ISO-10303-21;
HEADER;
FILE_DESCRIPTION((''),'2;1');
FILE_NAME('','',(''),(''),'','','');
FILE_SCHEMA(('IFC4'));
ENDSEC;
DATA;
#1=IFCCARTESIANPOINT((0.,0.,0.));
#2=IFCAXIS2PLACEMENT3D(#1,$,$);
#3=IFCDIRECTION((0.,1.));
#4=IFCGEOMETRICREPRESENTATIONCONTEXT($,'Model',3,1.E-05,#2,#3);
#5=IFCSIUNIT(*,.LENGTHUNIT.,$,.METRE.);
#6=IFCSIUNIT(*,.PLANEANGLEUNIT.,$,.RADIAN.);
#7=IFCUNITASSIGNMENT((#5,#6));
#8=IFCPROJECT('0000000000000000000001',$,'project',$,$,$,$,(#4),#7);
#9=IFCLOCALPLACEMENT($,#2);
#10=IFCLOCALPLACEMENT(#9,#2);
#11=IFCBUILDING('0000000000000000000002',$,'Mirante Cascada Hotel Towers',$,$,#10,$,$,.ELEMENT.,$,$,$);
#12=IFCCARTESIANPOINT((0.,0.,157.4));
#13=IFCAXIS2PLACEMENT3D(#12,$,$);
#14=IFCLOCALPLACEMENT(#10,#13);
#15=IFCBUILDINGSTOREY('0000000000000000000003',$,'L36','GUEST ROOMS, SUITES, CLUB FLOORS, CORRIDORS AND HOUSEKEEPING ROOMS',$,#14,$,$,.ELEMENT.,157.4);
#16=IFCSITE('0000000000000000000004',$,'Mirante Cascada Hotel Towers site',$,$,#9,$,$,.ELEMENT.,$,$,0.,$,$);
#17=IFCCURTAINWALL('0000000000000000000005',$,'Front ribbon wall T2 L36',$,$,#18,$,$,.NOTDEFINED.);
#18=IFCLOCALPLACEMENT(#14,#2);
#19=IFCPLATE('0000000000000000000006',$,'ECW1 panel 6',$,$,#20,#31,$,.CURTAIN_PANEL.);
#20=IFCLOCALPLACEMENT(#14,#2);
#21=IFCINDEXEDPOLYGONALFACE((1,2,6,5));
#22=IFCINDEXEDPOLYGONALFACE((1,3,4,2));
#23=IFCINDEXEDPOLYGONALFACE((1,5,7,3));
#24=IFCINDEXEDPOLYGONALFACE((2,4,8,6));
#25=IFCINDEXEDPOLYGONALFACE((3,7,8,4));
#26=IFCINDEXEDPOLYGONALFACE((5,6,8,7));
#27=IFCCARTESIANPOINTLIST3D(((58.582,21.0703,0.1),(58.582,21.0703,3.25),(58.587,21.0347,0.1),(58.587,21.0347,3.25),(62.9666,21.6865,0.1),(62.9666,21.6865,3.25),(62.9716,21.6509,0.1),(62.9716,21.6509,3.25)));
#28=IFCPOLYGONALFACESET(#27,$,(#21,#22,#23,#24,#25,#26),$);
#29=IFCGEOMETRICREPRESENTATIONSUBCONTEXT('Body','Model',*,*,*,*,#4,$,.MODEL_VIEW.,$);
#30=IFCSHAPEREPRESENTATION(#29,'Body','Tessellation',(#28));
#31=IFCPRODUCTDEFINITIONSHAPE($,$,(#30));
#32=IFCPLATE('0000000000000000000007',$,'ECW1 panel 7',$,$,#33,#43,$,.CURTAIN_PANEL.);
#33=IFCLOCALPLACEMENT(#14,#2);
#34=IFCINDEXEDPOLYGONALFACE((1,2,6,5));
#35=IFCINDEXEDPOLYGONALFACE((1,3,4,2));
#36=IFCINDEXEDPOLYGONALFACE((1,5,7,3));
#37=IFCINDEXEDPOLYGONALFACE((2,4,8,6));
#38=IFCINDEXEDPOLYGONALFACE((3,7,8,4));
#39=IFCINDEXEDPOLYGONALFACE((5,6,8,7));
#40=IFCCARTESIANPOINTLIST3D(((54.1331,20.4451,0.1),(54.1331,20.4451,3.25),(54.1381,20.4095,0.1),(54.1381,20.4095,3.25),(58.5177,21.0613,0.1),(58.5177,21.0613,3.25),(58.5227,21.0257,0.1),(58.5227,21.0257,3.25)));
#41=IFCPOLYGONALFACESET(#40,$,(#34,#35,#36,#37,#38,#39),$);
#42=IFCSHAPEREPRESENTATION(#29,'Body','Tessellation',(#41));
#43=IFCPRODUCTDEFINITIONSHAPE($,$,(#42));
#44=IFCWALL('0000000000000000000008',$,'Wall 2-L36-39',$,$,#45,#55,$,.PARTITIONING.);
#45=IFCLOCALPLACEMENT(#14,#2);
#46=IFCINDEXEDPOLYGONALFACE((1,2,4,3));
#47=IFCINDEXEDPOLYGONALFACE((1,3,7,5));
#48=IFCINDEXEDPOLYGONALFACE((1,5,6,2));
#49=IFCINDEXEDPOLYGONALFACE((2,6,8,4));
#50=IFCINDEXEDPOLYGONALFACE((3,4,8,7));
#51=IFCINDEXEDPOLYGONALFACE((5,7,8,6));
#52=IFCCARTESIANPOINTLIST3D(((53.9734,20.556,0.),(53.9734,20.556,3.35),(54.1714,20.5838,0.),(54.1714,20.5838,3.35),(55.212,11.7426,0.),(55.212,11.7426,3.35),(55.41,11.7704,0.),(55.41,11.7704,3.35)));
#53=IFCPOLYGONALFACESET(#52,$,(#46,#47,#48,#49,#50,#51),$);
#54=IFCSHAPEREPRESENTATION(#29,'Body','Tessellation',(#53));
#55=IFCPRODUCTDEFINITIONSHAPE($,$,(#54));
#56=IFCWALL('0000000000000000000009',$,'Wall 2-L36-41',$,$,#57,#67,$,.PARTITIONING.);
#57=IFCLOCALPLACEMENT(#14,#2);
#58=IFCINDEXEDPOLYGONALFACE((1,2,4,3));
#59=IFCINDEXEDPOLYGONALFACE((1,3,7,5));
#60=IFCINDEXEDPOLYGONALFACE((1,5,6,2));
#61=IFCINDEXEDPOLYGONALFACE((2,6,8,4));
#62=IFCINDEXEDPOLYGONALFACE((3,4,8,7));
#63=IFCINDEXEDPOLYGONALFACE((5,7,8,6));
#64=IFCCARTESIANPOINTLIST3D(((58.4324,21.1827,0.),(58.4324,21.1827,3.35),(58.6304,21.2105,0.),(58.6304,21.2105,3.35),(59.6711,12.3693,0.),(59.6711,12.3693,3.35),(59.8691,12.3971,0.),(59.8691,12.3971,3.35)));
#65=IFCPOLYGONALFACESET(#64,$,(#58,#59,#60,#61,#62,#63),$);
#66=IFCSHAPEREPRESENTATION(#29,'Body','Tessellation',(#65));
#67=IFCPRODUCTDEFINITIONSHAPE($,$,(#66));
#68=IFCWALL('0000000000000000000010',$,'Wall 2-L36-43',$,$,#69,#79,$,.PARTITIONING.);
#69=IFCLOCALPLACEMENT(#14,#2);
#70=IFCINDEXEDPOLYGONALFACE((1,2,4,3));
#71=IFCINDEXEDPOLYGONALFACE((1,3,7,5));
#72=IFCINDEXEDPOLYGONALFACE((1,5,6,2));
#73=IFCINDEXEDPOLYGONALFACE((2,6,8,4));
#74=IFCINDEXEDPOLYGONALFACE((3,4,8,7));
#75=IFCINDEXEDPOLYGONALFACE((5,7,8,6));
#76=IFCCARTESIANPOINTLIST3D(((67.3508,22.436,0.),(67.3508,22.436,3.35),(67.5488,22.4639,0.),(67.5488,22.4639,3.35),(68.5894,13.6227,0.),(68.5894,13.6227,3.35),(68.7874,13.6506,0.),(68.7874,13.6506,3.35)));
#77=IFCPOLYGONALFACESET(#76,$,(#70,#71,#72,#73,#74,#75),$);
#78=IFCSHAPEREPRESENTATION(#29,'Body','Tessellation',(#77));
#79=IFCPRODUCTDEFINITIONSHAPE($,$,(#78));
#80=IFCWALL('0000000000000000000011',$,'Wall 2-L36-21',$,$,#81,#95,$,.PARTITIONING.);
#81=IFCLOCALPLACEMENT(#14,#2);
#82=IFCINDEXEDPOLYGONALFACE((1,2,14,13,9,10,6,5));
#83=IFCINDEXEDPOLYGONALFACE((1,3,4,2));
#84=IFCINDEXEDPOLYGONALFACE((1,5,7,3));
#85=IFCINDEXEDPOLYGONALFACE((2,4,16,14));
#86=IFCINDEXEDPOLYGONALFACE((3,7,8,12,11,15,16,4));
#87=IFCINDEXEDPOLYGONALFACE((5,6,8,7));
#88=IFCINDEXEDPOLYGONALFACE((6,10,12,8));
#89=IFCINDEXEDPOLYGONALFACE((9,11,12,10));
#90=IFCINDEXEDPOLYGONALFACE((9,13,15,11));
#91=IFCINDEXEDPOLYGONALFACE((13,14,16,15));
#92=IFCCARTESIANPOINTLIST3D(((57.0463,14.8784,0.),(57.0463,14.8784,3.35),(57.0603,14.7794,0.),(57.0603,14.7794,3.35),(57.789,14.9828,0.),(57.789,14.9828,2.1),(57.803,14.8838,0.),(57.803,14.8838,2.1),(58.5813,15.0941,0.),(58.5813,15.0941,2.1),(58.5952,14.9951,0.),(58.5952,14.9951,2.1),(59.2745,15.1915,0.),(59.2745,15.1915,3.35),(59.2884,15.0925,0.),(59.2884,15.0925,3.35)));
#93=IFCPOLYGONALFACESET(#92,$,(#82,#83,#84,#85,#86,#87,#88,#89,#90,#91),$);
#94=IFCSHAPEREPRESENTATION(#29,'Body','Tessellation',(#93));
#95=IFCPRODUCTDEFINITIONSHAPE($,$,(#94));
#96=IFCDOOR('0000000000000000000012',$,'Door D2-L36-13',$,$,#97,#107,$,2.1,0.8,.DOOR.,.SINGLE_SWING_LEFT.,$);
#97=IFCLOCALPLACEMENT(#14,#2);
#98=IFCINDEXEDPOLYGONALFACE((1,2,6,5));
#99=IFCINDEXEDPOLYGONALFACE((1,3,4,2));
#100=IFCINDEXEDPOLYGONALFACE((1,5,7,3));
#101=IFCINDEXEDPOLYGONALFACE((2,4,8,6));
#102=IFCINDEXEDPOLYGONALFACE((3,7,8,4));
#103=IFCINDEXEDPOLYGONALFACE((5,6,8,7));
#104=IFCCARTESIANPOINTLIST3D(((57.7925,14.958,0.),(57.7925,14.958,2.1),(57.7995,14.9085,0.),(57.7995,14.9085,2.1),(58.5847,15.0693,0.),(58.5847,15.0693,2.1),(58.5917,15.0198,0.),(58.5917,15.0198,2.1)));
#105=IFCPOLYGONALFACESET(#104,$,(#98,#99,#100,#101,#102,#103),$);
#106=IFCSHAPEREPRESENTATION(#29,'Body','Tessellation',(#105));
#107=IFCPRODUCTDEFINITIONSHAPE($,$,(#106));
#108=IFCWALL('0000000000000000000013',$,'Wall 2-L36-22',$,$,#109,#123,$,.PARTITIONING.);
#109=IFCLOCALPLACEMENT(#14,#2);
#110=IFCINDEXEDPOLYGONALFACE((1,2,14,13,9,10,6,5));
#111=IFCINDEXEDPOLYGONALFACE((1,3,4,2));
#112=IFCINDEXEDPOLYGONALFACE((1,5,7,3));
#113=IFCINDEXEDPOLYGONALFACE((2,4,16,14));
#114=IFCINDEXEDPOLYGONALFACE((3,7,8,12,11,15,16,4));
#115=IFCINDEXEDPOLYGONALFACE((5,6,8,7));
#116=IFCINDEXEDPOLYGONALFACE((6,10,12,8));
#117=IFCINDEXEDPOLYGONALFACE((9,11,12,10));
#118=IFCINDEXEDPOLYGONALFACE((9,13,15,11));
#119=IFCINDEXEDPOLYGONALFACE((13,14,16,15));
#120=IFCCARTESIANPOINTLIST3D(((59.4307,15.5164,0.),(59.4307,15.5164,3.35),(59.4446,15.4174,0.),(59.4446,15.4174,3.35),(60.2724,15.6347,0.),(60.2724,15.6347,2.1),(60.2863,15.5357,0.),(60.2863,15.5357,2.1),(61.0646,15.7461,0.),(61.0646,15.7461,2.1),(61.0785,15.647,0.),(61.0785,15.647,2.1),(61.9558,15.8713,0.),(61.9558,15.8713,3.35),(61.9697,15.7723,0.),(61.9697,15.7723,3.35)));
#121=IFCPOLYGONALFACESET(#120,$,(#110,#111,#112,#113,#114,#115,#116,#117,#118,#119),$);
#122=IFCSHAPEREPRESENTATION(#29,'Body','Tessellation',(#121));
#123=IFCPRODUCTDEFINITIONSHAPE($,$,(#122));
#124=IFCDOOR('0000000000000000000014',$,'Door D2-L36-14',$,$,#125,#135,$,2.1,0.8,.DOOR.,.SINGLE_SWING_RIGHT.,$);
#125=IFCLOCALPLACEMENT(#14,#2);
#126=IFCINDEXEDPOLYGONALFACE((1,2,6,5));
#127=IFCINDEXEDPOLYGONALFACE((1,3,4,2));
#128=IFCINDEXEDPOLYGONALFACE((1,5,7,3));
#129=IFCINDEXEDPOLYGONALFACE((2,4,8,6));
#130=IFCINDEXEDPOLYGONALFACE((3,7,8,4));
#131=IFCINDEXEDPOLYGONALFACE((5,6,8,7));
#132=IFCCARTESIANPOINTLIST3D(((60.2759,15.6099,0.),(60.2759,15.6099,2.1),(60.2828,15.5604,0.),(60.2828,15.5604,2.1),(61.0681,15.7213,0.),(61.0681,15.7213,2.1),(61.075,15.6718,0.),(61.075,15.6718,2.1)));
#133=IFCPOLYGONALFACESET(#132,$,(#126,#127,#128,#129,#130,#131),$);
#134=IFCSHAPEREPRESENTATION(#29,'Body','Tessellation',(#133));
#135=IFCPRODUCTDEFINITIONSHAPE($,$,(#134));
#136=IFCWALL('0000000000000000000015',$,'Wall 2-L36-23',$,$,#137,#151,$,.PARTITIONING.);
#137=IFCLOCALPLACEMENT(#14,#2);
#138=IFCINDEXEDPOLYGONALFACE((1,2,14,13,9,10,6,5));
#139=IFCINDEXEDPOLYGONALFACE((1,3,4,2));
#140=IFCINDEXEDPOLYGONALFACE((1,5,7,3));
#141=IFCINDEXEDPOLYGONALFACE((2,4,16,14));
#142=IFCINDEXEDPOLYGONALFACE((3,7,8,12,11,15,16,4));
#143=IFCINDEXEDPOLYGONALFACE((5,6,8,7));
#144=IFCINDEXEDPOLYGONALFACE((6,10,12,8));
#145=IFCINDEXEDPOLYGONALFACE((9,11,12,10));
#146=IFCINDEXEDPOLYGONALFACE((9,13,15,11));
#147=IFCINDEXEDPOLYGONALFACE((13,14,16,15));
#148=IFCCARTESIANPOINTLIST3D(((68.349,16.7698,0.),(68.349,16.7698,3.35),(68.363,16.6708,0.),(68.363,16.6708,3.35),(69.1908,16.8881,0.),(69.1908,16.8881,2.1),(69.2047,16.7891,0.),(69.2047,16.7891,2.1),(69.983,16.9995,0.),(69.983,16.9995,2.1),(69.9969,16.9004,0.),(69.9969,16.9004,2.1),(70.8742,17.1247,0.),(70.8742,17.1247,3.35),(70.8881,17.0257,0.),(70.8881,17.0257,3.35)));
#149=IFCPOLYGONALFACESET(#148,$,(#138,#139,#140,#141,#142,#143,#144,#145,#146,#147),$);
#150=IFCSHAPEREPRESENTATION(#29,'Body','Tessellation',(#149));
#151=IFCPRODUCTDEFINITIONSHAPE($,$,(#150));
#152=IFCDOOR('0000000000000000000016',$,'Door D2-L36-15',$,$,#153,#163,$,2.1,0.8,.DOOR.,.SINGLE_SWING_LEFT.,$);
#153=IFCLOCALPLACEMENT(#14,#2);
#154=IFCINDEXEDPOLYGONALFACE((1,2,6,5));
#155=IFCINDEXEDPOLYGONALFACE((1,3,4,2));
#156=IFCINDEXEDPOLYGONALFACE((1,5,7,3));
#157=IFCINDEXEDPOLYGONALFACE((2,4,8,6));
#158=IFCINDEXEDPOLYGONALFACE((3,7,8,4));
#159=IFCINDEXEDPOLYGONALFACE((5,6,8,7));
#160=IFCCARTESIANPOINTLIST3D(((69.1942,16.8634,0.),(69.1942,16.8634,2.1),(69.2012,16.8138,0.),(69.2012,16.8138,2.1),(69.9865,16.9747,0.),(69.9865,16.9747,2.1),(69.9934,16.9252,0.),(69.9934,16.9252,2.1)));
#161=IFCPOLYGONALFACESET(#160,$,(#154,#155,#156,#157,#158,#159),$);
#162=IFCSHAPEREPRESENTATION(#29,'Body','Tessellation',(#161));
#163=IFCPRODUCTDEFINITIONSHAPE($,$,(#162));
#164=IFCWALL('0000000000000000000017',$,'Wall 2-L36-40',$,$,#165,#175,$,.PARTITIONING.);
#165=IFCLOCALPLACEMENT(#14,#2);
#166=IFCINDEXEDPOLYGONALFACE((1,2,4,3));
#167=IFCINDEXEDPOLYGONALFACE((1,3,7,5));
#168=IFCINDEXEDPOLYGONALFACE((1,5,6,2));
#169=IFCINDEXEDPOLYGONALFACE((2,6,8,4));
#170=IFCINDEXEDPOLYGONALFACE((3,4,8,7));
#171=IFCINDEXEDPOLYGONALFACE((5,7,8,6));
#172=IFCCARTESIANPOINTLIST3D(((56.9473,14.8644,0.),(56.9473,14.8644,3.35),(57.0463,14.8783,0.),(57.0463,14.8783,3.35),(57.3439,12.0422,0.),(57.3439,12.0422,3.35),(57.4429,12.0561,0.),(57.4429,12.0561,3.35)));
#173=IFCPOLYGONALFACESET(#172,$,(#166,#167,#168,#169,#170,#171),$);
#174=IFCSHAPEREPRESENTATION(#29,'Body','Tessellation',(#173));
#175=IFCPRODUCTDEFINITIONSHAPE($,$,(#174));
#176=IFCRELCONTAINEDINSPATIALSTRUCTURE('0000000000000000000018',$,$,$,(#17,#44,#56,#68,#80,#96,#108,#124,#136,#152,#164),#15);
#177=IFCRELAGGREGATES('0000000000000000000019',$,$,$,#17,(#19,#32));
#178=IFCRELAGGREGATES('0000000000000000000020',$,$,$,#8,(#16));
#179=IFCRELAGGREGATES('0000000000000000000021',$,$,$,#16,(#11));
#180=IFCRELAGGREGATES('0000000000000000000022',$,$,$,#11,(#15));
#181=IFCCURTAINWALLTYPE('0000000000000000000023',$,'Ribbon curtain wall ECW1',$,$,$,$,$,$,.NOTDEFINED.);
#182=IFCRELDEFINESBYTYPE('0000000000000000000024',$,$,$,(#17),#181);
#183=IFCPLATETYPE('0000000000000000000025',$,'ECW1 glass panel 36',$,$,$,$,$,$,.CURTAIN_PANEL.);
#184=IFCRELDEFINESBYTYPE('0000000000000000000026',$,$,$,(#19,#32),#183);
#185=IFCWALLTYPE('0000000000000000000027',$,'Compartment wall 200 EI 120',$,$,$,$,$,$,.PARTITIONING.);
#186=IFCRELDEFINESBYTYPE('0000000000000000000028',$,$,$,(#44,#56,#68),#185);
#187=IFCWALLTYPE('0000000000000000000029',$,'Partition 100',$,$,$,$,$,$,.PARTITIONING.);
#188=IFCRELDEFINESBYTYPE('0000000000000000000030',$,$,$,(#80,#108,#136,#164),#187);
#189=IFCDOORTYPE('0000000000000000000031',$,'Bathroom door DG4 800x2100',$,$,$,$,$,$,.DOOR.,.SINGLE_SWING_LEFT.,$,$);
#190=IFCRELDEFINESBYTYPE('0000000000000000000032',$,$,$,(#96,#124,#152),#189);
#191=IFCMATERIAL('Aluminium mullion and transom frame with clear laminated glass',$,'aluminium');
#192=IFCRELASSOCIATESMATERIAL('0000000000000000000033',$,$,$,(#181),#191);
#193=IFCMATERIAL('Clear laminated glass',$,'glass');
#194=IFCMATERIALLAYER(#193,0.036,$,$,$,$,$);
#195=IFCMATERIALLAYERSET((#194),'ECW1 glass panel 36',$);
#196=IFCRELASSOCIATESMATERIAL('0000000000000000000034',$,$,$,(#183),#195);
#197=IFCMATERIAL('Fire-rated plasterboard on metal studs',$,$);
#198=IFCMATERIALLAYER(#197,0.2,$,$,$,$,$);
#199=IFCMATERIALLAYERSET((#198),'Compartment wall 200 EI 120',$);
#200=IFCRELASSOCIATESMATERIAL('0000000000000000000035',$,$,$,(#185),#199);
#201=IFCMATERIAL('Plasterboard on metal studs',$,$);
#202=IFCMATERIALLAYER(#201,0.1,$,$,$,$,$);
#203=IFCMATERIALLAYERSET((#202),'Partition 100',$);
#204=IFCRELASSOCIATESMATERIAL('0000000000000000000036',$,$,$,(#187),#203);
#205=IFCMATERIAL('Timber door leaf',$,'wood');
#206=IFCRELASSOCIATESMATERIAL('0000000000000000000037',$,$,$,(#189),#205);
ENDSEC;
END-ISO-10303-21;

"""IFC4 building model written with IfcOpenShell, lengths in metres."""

from ifc_helpers import new_model, si_unit, direction, frame, frame_2d, origin, origin_2d, place, context, subcontext, project, spatial, rectangle, extrude, material, layer, layer_set, type_object, element, fill, aggregate, save


model = new_model("IFC4")

# Units and contexts
model_context = context("Model", 3, precision=1e-05, world=origin(), true_north=direction((0.0, 1.0)))
body_context = subcontext(model_context, "Body", "Model", "MODEL_VIEW")
ifc_project = project(units=[si_unit("LENGTHUNIT", "METRE"), si_unit("PLANEANGLEUNIT", "RADIAN")], contexts=[model_context])

# Site, building, storey
site_placement = place(None, origin())
site = spatial("IfcSite", under=ifc_project, at=site_placement, Name="Mirante Cascada Hotel Towers site", CompositionType="ELEMENT", RefElevation=0.0)
building_placement = place(site_placement, origin())
building = spatial("IfcBuilding", under=site, at=building_placement, Name="Mirante Cascada Hotel Towers", CompositionType="ELEMENT")
storey_placement = place(building_placement, frame((0.0, 0.0, 157.4)))
storey = spatial("IfcBuildingStorey", under=building, at=storey_placement, Name="L36", Description="GUEST ROOMS, SUITES, CLUB FLOORS, CORRIDORS AND HOUSEKEEPING ROOMS", CompositionType="ELEMENT", Elevation=157.4)

# Curtain wall, plates
ifc_material_1 = material(Name="Aluminium mullion and transom frame with clear laminated glass", Category="aluminium")
curtain_wall_type = type_object("IfcCurtainWallType", Name="Ribbon curtain wall ECW1", PredefinedType="NOTDEFINED", material=ifc_material_1)
curtain_wall_placement = place(storey_placement, origin())
curtain_wall = element("IfcCurtainWall", 1, at=curtain_wall_placement, inside=storey, type_object=curtain_wall_type, Name="Front ribbon wall T2 L36", PredefinedType="NOTDEFINED")
ifc_material_2 = material(Name="Clear laminated glass", Category="glass")
ifc_layer_1 = layer(ifc_material_2, 0.036)
ifc_layer_set_1 = layer_set([ifc_layer_1], Name="ECW1 glass panel 36")
plate_type = type_object("IfcPlateType", Name="ECW1 glass panel 36", PredefinedType="CURTAIN_PANEL", material=ifc_layer_set_1)
plate_1_placement = place(storey_placement, frame((60.7768, 21.3606, 0.1), z_axis=(0.0, 0.0, 1.0), x_axis=(-0.990268, -0.139173, 0.0)))
plate_1 = element("IfcPlate", 2, at=plate_1_placement, type_object=plate_type, Name="ECW1 panel 6", PredefinedType="CURTAIN_PANEL", context=body_context, shape_type="SweptSolid", body=[
    extrude(rectangle(XDim=4.4276, YDim=0.036, at=origin_2d()), origin(), (0.0, 0.0, 1.0), 3.15),
])
plate_2_placement = place(storey_placement, frame((56.3279, 20.7354, 0.1), z_axis=(0.0, 0.0, 1.0), x_axis=(-0.990268, -0.139173, 0.0)))
plate_2 = element("IfcPlate", 3, at=plate_2_placement, type_object=plate_type, Name="ECW1 panel 7", PredefinedType="CURTAIN_PANEL", context=body_context, shape_type="SweptSolid", body=[
    extrude(rectangle(XDim=4.4276, YDim=0.036, at=origin_2d()), origin(), (0.0, 0.0, 1.0), 3.15),
])
aggregate(curtain_wall, [plate_1, plate_2])

# Walls
ifc_material_3 = material(Name="Fire-rated plasterboard on metal studs")
ifc_layer_2 = layer(ifc_material_3, 0.2)
ifc_layer_set_2 = layer_set([ifc_layer_2], Name="Compartment wall 200 EI 120")
wall_type_1 = type_object("IfcWallType", Name="Compartment wall 200 EI 120", PredefinedType="PARTITIONING", material=ifc_layer_set_2)
for number, where, z_axis, x_axis, name in (
    (4, (55.311, 11.7565, 0.0), (0.0, 0.0, 1.0), (-0.139168, 0.990269, 0.0), "Wall 2-L36-39"),
    (5, (59.7701, 12.3832, 0.0), (0.0, 0.0, 1.0), (-0.139179, 0.990267, 0.0), "Wall 2-L36-41"),
):
    element("IfcWall", number, at=place(storey_placement, frame(where, z_axis=z_axis, x_axis=x_axis)), inside=storey, type_object=wall_type_1, Name=name, PredefinedType="PARTITIONING", context=body_context, shape_type="SweptSolid", body=[
        extrude(rectangle(XDim=8.9, YDim=0.2, at=frame_2d((4.45, 0.0))), origin(), (0.0, 0.0, 1.0), 3.35),
    ])
wall_1_placement = place(storey_placement, frame((68.6884, 13.6366, 0.0), z_axis=(0.0, 0.0, 1.0), x_axis=(-0.13917, 0.990268, 0.0)))
element("IfcWall", 6, at=wall_1_placement, inside=storey, type_object=wall_type_1, Name="Wall 2-L36-43", PredefinedType="PARTITIONING", context=body_context, shape_type="SweptSolid", body=[
    extrude(rectangle(XDim=8.8999, YDim=0.2, at=frame_2d((4.45, 0.0))), origin(), (0.0, 0.0, 1.0), 3.35),
])

# Walls, openings, doors
ifc_material_4 = material(Name="Plasterboard on metal studs")
ifc_layer_3 = layer(ifc_material_4, 0.1)
ifc_layer_set_3 = layer_set([ifc_layer_3], Name="Partition 100")
wall_type_2 = type_object("IfcWallType", Name="Partition 100", PredefinedType="PARTITIONING", material=ifc_layer_set_3)
wall_2_placement = place(storey_placement, frame((57.0533, 14.8289, 0.0), z_axis=(0.0, 0.0, 1.0), x_axis=(0.990271, 0.139156, 0.0)))
wall_2 = element("IfcWall", 7, at=wall_2_placement, inside=storey, type_object=wall_type_2, Name="Wall 2-L36-21", PredefinedType="PARTITIONING", context=body_context, shape_type="SweptSolid", body=[
    extrude(rectangle(XDim=2.25, YDim=0.1, at=frame_2d((1.125, 0.0))), origin(), (0.0, 0.0, 1.0), 3.35),
])
opening_1_placement = place(wall_2_placement, frame((0.75, 0.0, 0.0)))
opening_1 = element("IfcOpeningElement", 8, at=opening_1_placement, cuts=wall_2, PredefinedType="OPENING", context=body_context, shape_type="SweptSolid", body=[
    extrude(rectangle(XDim=0.8, YDim=2.1, at=frame_2d((0.4, 1.05))), frame((0.0, 0.05, 0.0), z_axis=(0.0, -1.0, 0.0), x_axis=(1.0, 0.0, 0.0)), (0.0, 0.0, 1.0), 0.1),
])
ifc_material_5 = material(Name="Timber door leaf", Category="wood")
door_type = type_object("IfcDoorType", Name="Bathroom door DG4 800x2100", OperationType="SINGLE_SWING_LEFT", PredefinedType="DOOR", material=ifc_material_5)
door_1_placement = place(opening_1_placement, origin())
door_1 = element("IfcDoor", 9, at=door_1_placement, inside=storey, type_object=door_type, Name="Door D2-L36-13", OperationType="SINGLE_SWING_LEFT", OverallHeight=2.1, OverallWidth=0.8, PredefinedType="DOOR", context=body_context, shape_type="SweptSolid", body=[
    extrude(rectangle(XDim=0.8, YDim=2.1, at=frame_2d((0.4, 1.05))), frame((0.0, 0.025, 0.0), z_axis=(0.0, -1.0, 0.0), x_axis=(1.0, 0.0, 0.0)), (0.0, 0.0, 1.0), 0.05),
])
fill(opening_1, door_1)
wall_3_placement = place(storey_placement, frame((61.9628, 15.8218, 0.0), z_axis=(0.0, 0.0, 1.0), x_axis=(-0.990267, -0.139181, 0.0)))
wall_3 = element("IfcWall", 10, at=wall_3_placement, inside=storey, type_object=wall_type_2, Name="Wall 2-L36-22", PredefinedType="PARTITIONING", context=body_context, shape_type="SweptSolid", body=[
    extrude(rectangle(XDim=2.5499, YDim=0.1, at=frame_2d((1.275, 0.0))), origin(), (0.0, 0.0, 1.0), 3.35),
])
opening_2_placement = place(wall_3_placement, frame((0.9, 0.0, 0.0)))
opening_2 = element("IfcOpeningElement", 11, at=opening_2_placement, cuts=wall_3, PredefinedType="OPENING", context=body_context, shape_type="SweptSolid", body=[
    extrude(rectangle(XDim=0.8, YDim=2.1, at=frame_2d((0.4, 1.05))), frame((0.0, 0.05, 0.0), z_axis=(0.0, -1.0, 0.0), x_axis=(1.0, 0.0, 0.0)), (0.0, 0.0, 1.0), 0.1),
])
door_2_placement = place(opening_2_placement, frame((0.8, 0.0, 0.0), z_axis=(0.0, 0.0, 1.0), x_axis=(-1.0, 0.0, 0.0)))
door_2 = element("IfcDoor", 12, at=door_2_placement, inside=storey, type_object=door_type, Name="Door D2-L36-14", OperationType="SINGLE_SWING_RIGHT", OverallHeight=2.1, OverallWidth=0.8, PredefinedType="DOOR", context=body_context, shape_type="SweptSolid", body=[
    extrude(rectangle(XDim=0.8, YDim=2.1, at=frame_2d((0.4, 1.05))), frame((0.0, 0.025, 0.0), z_axis=(0.0, -1.0, 0.0), x_axis=(1.0, 0.0, 0.0)), (0.0, 0.0, 1.0), 0.05),
])
fill(opening_2, door_2)
wall_4_placement = place(storey_placement, frame((68.356, 16.7203, 0.0), z_axis=(0.0, 0.0, 1.0), x_axis=(0.990268, 0.139176, 0.0)))
wall_4 = element("IfcWall", 13, at=wall_4_placement, inside=storey, type_object=wall_type_2, Name="Wall 2-L36-23", PredefinedType="PARTITIONING", context=body_context, shape_type="SweptSolid", body=[
    extrude(rectangle(XDim=2.55, YDim=0.1, at=frame_2d((1.275, 0.0))), origin(), (0.0, 0.0, 1.0), 3.35),
])
opening_3_placement = place(wall_4_placement, frame((0.85, 0.0, 0.0)))
opening_3 = element("IfcOpeningElement", 14, at=opening_3_placement, cuts=wall_4, PredefinedType="OPENING", context=body_context, shape_type="SweptSolid", body=[
    extrude(rectangle(XDim=0.8, YDim=2.1, at=frame_2d((0.4, 1.05))), frame((0.0, 0.05, 0.0), z_axis=(0.0, -1.0, 0.0), x_axis=(1.0, 0.0, 0.0)), (0.0, 0.0, 1.0), 0.1),
])
door_3_placement = place(opening_3_placement, origin())
door_3 = element("IfcDoor", 15, at=door_3_placement, inside=storey, type_object=door_type, Name="Door D2-L36-15", OperationType="SINGLE_SWING_LEFT", OverallHeight=2.1, OverallWidth=0.8, PredefinedType="DOOR", context=body_context, shape_type="SweptSolid", body=[
    extrude(rectangle(XDim=0.8, YDim=2.1, at=frame_2d((0.4, 1.05))), frame((0.0, 0.025, 0.0), z_axis=(0.0, -1.0, 0.0), x_axis=(1.0, 0.0, 0.0)), (0.0, 0.0, 1.0), 0.05),
])
fill(opening_3, door_3)

# Wall
wall_5_placement = place(storey_placement, frame((56.9968, 14.8714, 0.0), z_axis=(0.0, 0.0, 1.0), x_axis=(0.139161, -0.99027, 0.0)))
element("IfcWall", 16, at=wall_5_placement, inside=storey, type_object=wall_type_2, Name="Wall 2-L36-40", PredefinedType="PARTITIONING", context=body_context, shape_type="SweptSolid", body=[
    extrude(rectangle(XDim=2.8499, YDim=0.1, at=frame_2d((1.425, 0.0))), origin(), (0.0, 0.0, 1.0), 3.35),
])

save(model, "model.ifc")
